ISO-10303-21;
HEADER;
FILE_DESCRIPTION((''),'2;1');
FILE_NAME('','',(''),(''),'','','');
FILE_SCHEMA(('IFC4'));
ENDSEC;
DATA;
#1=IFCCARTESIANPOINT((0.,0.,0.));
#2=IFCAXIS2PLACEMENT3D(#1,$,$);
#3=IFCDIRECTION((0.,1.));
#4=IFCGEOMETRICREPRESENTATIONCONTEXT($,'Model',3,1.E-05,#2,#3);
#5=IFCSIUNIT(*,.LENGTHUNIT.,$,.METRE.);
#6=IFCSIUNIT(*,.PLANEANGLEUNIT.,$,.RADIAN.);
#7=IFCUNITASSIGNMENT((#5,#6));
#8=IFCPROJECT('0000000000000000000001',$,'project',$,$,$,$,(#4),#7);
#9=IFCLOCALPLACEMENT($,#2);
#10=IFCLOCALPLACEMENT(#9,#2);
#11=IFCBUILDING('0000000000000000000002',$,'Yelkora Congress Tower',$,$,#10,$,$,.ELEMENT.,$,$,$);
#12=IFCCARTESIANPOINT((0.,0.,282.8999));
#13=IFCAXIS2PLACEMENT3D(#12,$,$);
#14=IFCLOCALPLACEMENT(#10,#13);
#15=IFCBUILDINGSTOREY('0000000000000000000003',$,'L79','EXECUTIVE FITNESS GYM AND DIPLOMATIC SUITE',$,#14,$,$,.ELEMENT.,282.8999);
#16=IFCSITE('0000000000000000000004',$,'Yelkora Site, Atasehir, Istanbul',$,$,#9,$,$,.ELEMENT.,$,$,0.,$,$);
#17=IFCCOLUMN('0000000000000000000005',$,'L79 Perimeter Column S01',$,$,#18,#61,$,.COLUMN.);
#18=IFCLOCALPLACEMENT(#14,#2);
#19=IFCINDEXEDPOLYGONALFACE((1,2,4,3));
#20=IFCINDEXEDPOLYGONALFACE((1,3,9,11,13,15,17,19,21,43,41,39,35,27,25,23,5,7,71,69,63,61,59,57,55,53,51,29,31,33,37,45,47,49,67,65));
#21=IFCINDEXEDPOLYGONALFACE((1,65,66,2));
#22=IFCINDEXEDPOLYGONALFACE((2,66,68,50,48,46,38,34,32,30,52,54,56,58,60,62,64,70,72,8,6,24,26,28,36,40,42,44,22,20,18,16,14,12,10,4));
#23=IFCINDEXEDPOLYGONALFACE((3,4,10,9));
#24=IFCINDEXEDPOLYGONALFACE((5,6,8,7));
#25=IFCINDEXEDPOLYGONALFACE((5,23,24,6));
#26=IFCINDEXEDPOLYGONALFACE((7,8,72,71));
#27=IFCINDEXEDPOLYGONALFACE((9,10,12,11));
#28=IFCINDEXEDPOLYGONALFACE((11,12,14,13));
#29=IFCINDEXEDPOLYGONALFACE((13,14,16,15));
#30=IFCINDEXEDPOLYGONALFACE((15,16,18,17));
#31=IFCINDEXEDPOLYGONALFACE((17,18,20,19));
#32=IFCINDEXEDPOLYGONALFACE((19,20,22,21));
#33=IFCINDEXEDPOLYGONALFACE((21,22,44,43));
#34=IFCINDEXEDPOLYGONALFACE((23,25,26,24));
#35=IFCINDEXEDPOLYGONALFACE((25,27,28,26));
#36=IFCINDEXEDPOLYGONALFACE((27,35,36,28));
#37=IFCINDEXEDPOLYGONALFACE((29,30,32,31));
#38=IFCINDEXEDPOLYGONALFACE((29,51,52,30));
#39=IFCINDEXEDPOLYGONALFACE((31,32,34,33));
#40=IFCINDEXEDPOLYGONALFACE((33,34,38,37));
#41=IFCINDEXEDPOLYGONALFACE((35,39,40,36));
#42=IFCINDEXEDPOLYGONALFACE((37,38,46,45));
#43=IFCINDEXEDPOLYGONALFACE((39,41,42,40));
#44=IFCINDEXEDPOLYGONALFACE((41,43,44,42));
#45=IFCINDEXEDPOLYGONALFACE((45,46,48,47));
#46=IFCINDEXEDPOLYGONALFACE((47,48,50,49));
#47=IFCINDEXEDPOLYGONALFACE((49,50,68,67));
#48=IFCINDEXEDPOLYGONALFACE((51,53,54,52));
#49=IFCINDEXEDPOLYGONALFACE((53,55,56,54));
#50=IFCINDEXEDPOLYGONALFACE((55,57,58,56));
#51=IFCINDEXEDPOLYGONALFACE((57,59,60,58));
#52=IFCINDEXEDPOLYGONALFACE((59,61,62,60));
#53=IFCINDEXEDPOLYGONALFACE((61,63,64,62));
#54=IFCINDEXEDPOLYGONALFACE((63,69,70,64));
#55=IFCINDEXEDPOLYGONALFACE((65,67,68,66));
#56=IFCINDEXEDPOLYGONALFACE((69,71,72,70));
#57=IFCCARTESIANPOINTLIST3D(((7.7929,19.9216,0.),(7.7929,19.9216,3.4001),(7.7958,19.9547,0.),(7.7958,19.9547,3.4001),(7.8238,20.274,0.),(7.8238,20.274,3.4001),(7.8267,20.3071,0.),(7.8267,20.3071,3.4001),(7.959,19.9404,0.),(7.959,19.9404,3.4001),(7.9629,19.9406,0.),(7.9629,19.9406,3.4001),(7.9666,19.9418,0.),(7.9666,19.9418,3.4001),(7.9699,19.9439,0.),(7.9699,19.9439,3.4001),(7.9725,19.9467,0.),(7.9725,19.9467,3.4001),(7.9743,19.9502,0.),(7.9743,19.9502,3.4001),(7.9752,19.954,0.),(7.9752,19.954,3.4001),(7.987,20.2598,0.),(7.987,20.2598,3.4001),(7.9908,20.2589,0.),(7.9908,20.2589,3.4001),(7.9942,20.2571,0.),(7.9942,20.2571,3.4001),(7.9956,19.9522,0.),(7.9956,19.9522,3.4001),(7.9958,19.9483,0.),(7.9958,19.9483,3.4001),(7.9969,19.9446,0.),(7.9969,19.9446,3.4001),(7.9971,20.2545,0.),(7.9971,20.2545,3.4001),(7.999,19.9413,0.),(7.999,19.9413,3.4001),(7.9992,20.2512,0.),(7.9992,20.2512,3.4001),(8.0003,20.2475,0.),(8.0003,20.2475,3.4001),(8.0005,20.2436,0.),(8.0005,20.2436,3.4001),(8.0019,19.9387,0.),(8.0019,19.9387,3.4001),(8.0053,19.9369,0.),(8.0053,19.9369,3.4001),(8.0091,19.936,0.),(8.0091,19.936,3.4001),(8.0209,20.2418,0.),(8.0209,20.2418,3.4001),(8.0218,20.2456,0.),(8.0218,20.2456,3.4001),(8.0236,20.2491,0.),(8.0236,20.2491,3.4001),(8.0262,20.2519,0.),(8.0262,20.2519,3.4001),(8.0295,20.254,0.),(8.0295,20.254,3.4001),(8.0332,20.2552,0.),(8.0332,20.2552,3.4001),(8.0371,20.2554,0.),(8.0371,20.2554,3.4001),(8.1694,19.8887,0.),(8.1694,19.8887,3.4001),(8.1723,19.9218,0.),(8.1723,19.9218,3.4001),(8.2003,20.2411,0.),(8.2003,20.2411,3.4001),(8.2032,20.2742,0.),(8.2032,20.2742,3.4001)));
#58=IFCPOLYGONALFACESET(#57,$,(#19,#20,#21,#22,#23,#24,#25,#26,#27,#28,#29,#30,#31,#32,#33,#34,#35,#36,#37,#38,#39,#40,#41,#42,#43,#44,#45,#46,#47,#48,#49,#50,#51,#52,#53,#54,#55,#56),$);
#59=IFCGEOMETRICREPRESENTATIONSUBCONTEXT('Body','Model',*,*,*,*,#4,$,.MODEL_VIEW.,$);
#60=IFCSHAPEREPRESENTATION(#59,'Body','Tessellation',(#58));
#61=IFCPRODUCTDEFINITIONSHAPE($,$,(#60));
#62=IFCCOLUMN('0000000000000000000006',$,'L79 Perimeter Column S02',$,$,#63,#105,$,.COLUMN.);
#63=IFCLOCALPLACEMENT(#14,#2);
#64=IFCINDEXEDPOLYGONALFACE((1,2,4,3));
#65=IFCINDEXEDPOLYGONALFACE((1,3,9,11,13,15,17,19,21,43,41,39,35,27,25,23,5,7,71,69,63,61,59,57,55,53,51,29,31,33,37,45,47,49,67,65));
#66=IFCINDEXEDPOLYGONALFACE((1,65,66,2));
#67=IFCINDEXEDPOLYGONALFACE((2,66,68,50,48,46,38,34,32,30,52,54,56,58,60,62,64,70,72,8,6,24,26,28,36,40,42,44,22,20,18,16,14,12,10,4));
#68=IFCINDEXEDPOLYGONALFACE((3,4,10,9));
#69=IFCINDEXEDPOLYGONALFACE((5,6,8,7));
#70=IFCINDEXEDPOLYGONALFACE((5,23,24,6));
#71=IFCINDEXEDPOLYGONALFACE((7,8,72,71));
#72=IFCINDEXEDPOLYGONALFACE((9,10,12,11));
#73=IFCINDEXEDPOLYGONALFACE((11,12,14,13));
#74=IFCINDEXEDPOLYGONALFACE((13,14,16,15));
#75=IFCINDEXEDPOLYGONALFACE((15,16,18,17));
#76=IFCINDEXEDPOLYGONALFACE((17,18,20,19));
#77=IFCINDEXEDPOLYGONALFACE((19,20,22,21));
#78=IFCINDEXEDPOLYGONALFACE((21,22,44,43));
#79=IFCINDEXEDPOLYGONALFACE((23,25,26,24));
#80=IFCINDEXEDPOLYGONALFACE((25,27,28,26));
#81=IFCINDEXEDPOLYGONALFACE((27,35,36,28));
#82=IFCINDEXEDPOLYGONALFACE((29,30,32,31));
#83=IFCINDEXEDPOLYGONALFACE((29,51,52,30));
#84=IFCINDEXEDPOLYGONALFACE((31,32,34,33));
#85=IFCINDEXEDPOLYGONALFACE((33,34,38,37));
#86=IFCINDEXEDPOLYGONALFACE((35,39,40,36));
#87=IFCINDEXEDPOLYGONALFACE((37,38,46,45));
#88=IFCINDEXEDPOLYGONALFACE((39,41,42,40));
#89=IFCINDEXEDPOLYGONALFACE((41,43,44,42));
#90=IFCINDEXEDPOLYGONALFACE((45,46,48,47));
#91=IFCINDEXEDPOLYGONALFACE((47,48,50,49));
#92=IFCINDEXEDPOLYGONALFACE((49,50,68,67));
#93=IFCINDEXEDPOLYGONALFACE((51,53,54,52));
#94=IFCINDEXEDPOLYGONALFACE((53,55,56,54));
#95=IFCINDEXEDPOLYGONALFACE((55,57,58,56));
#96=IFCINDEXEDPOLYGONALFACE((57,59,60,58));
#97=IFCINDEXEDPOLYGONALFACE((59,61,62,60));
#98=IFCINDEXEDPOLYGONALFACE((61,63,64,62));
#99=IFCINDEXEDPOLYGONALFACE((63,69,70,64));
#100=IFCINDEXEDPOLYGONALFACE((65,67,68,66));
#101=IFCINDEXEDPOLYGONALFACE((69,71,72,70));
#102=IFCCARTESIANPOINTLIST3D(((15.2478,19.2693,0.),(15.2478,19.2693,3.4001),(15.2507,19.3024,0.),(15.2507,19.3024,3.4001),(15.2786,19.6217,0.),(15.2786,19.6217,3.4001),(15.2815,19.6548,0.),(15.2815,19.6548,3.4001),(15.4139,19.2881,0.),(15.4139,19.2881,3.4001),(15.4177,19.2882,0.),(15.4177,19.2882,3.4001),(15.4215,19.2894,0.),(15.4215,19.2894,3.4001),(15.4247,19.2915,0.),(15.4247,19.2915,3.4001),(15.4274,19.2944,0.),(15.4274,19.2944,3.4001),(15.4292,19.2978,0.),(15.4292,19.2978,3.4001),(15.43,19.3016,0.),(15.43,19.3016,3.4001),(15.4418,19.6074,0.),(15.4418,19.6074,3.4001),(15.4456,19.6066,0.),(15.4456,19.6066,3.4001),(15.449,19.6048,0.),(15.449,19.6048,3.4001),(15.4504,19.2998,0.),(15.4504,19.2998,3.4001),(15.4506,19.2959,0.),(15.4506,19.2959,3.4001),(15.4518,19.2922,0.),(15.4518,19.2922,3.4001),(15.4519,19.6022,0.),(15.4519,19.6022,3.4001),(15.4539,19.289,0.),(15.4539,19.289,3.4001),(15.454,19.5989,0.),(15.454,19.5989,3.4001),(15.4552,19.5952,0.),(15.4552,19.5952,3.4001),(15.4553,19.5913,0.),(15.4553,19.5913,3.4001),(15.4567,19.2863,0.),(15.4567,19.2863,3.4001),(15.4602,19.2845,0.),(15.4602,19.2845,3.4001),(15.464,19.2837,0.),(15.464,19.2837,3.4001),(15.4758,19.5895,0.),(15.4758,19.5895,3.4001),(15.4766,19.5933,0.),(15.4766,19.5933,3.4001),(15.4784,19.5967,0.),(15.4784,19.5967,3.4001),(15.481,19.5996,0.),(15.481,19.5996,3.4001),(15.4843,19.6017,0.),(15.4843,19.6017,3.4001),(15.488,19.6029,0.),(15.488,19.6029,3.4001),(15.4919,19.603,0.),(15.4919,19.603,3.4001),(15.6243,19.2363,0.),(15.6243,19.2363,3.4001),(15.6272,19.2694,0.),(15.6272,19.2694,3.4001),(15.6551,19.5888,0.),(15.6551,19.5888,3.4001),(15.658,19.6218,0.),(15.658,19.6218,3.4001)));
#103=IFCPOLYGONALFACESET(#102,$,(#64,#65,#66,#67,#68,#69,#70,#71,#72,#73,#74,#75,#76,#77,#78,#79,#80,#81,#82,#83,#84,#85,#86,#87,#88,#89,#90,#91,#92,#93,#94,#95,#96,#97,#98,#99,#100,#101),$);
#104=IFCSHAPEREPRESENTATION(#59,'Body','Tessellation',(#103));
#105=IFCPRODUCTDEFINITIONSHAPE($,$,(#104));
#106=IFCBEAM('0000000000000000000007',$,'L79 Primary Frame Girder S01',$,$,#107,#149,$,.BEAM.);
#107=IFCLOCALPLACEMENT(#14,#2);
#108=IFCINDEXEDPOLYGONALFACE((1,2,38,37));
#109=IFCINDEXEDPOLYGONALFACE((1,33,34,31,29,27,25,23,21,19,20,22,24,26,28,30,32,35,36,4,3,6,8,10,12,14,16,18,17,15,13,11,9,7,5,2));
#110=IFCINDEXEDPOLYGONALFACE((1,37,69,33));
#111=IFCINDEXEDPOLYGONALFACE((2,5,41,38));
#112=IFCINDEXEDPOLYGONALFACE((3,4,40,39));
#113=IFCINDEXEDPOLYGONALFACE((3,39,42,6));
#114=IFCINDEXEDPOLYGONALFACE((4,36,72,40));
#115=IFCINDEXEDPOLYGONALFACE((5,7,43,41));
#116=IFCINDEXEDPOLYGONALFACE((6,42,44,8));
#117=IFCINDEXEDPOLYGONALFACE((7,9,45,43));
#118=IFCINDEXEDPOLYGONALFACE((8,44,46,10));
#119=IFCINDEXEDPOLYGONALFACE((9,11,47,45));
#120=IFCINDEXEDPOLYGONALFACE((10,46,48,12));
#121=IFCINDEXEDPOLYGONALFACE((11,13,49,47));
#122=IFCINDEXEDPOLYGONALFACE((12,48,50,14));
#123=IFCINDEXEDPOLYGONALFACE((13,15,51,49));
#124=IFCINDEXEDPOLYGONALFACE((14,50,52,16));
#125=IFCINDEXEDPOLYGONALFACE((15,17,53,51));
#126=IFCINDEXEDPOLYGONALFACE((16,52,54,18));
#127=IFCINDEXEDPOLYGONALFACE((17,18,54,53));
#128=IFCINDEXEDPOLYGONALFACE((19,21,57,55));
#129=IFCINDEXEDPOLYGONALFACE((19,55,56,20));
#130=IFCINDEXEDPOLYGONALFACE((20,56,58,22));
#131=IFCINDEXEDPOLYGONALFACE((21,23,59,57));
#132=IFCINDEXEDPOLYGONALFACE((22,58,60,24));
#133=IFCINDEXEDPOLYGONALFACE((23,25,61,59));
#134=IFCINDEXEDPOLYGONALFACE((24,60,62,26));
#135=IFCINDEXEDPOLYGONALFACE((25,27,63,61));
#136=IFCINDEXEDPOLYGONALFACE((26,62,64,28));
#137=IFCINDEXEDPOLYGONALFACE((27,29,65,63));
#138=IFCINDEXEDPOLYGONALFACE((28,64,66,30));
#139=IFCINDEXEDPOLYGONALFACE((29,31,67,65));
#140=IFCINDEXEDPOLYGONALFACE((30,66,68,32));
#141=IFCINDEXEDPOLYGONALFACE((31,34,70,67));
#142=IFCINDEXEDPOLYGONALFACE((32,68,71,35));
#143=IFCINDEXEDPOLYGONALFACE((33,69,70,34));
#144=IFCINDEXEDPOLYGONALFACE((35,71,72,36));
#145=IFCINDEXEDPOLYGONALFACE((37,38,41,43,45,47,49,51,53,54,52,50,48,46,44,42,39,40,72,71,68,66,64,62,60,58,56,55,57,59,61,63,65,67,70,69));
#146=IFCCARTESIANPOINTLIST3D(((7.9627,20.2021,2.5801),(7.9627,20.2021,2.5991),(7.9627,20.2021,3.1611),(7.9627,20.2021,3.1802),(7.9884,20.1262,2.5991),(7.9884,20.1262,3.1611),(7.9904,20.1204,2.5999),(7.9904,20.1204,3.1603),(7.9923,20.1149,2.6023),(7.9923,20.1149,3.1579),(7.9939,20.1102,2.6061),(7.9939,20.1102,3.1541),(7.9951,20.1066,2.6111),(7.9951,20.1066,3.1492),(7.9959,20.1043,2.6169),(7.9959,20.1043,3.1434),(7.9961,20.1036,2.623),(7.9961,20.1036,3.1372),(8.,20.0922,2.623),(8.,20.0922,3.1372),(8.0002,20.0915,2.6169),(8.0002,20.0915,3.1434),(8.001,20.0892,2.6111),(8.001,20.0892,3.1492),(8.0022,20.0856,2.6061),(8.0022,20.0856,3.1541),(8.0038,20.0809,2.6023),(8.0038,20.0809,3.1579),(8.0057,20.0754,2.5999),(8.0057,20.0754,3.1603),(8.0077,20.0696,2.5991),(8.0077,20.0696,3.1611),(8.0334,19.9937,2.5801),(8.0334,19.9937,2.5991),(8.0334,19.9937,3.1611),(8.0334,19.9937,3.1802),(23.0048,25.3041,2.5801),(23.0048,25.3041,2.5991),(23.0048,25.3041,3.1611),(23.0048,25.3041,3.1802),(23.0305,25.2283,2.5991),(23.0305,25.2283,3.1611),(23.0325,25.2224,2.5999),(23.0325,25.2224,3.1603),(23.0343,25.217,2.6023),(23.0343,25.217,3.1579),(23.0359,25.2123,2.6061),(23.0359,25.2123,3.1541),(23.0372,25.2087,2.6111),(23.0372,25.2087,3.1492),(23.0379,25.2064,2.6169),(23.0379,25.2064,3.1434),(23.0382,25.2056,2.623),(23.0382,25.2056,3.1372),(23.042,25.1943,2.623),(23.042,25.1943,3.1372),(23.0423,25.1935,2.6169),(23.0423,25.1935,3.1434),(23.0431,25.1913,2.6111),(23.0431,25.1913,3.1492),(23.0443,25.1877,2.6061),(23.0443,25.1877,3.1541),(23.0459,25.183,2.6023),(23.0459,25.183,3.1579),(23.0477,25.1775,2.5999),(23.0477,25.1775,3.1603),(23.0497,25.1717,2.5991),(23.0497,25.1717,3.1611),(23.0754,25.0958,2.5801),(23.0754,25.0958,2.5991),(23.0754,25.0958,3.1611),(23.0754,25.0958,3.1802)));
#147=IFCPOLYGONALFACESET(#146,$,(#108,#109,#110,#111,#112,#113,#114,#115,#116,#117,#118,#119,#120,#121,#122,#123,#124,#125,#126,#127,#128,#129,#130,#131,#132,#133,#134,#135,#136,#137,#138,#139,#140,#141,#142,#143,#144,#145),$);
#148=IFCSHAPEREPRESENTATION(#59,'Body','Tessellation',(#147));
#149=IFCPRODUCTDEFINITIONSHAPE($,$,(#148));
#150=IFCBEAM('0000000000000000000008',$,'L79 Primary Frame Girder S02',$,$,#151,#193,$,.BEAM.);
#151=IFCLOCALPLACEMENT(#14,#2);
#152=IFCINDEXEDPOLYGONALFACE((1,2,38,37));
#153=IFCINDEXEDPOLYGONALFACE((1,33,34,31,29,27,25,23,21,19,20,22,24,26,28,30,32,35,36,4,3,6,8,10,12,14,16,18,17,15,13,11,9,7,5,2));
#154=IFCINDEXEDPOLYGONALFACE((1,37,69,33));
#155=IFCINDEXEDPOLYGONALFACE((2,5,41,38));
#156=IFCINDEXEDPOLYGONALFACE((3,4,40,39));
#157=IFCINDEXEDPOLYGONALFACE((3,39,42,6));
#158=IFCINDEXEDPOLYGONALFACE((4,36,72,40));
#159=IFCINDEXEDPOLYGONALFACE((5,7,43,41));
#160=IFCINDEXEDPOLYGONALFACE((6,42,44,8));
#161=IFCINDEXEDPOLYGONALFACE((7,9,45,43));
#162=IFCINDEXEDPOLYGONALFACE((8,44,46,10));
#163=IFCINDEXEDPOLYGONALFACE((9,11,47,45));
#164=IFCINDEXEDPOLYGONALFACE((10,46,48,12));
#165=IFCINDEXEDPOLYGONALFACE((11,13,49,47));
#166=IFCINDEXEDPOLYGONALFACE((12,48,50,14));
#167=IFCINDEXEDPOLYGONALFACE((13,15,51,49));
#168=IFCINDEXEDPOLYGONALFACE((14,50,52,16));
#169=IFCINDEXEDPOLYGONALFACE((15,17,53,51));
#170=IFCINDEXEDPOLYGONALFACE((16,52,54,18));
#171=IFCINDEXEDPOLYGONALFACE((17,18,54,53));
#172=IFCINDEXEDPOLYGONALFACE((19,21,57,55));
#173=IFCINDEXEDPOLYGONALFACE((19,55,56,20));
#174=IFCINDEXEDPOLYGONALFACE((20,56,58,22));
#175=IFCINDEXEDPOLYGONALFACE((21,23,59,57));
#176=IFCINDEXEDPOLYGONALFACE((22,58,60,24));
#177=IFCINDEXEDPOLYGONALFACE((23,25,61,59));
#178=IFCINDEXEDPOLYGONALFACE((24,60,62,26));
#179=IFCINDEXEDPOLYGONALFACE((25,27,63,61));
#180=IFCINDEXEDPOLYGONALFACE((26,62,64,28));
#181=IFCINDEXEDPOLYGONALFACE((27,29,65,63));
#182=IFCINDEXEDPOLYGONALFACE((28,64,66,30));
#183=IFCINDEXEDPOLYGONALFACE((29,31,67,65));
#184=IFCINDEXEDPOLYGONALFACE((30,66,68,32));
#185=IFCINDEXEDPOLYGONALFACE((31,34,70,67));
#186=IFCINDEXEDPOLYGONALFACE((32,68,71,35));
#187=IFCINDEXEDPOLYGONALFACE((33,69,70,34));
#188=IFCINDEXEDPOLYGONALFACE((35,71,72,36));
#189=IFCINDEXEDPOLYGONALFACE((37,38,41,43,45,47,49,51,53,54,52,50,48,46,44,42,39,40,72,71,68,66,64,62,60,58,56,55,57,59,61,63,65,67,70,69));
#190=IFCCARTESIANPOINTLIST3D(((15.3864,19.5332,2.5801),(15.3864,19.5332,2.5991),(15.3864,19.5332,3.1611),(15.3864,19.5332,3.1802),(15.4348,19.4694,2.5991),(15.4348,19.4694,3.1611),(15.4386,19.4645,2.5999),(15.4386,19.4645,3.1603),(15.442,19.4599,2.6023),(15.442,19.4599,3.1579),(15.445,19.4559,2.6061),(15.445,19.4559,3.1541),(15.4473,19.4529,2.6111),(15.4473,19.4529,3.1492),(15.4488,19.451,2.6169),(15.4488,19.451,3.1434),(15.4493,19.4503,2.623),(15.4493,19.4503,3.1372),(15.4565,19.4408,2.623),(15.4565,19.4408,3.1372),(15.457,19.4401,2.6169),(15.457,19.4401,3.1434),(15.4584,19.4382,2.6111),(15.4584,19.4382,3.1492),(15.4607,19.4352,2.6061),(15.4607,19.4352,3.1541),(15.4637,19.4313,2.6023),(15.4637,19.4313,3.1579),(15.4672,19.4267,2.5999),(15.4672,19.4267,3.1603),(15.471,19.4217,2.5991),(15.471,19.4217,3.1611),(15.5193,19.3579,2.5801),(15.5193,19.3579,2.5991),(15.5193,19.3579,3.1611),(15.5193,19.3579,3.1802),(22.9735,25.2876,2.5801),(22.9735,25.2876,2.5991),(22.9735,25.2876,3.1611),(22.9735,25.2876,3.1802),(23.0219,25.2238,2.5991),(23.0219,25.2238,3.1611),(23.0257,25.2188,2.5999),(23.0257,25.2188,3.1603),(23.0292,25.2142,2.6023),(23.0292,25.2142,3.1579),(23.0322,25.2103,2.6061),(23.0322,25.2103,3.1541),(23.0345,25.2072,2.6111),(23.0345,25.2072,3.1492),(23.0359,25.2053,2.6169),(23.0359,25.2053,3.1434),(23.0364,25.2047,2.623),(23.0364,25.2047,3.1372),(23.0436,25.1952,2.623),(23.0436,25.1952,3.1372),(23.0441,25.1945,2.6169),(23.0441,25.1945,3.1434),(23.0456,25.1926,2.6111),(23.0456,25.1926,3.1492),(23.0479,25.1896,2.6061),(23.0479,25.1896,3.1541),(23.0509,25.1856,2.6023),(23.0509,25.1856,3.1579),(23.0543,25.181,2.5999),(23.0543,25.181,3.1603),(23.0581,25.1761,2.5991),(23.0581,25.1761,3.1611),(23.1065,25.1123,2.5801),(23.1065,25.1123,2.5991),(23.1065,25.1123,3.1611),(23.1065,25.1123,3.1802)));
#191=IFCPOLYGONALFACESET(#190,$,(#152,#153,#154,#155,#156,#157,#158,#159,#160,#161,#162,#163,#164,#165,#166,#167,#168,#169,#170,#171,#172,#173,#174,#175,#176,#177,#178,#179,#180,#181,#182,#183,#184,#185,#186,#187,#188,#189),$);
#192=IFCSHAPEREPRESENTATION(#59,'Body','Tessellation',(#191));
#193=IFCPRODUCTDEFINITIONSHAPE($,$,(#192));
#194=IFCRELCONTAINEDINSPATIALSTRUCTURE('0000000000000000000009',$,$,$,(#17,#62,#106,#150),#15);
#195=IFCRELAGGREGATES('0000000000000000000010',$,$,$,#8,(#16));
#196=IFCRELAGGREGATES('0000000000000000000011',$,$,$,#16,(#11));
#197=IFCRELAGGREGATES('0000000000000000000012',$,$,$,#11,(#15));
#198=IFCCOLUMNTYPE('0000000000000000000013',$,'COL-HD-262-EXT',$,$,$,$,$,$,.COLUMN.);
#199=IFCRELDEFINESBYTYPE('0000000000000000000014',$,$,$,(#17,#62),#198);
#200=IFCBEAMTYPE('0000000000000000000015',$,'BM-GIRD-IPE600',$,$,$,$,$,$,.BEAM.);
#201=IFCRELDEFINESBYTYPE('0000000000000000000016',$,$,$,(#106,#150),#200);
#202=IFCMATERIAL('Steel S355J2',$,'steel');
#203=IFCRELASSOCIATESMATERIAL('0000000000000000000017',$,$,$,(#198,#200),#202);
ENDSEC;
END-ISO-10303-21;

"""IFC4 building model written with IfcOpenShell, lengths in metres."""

from ifc_helpers import new_model, si_unit, direction, frame, origin, origin_2d, place, context, subcontext, project, spatial, i_section, extrude, material, material_profile, profile_set, type_object, element, save


model = new_model("IFC4")

# Units and contexts
model_context = context("Model", 3, precision=1e-05, world=origin(), true_north=direction((0.0, 1.0)))
body_context = subcontext(model_context, "Body", "Model", "MODEL_VIEW")
ifc_project = project(units=[si_unit("LENGTHUNIT", "METRE"), si_unit("PLANEANGLEUNIT", "RADIAN")], contexts=[model_context])

# Site, building, storey
site_placement = place(None, origin())
site = spatial("IfcSite", under=ifc_project, at=site_placement, Name="Yelkora Site, Atasehir, Istanbul", CompositionType="ELEMENT", RefElevation=0.0)
building_placement = place(site_placement, origin())
building = spatial("IfcBuilding", under=site, at=building_placement, Name="Yelkora Congress Tower", CompositionType="ELEMENT")
storey_placement = place(building_placement, frame((0.0, 0.0, 282.8999)))
storey = spatial("IfcBuildingStorey", under=building, at=storey_placement, Name="L79", Description="EXECUTIVE FITNESS GYM AND DIPLOMATIC SUITE", CompositionType="ELEMENT", Elevation=282.8999)

# Columns
ifc_material_1 = material(Name="Steel S355J2", Category="steel")
ifc_material_profile_1 = material_profile(ifc_material_1, i_section(OverallWidth=0.3779, OverallDepth=0.387, WebThickness=0.0205, FlangeThickness=0.0332, FilletRadius=0.0149, at=origin_2d()), Name="HD 360x262")
ifc_profile_set_1 = profile_set([ifc_material_profile_1], Name="Steel S355J2")
column_type = type_object("IfcColumnType", Name="COL-HD-262-EXT", PredefinedType="COLUMN", material=ifc_profile_set_1)
for number, where, z_axis, x_axis, name in (
    (1, (7.998, 20.0979, 0.0), (0.0, 0.0, 1.0), (0.996195, -0.087156, 0.0), "L79 Perimeter Column S01"),
    (2, (15.4529, 19.4456, 0.0), (0.0, 0.0, 1.0), (0.996195, -0.087156, 0.0), "L79 Perimeter Column S02"),
):
    element("IfcColumn", number, at=place(storey_placement, frame(where, z_axis=z_axis, x_axis=x_axis)), inside=storey, type_object=column_type, Name=name, PredefinedType="COLUMN", context=body_context, shape_type="SweptSolid", body=[
        extrude(i_section(OverallWidth=0.3779, OverallDepth=0.387, WebThickness=0.0205, FlangeThickness=0.0332, FilletRadius=0.0149, at=origin_2d()), origin(), (0.0, 0.0, 1.0), 3.4001),
    ])

# Beams
ifc_material_profile_2 = material_profile(ifc_material_1, i_section(OverallWidth=0.22, OverallDepth=0.6001, WebThickness=0.012, FlangeThickness=0.019, FilletRadius=0.0239, at=origin_2d()), Name="IPE 600")
ifc_profile_set_2 = profile_set([ifc_material_profile_2], Name="Steel S355J2")
beam_type_1 = type_object("IfcBeamType", Name="BM-GIRD-IPE600", PredefinedType="BEAM", material=ifc_profile_set_2)
beam_1_placement = place(storey_placement, frame((7.998, 20.0979, 2.8801), z_axis=(0.947007, 0.321213, 0.0), x_axis=(-0.321213, 0.947007, 0.0)))
element("IfcBeam", 3, at=beam_1_placement, inside=storey, type_object=beam_type_1, Name="L79 Primary Frame Girder S01", PredefinedType="BEAM", context=body_context, shape_type="SweptSolid", body=[
    extrude(i_section(OverallWidth=0.22, OverallDepth=0.6001, WebThickness=0.012, FlangeThickness=0.019, FilletRadius=0.0239, at=origin_2d()), origin(), (0.0, 0.0, 1.0), 15.8838),
])
beam_2_placement = place(storey_placement, frame((15.4529, 19.4456, 2.8801), z_axis=(0.796761, 0.604294, 0.0), x_axis=(-0.604294, 0.796761, 0.0)))
element("IfcBeam", 4, at=beam_2_placement, inside=storey, type_object=beam_type_1, Name="L79 Primary Frame Girder S02", PredefinedType="BEAM", context=body_context, shape_type="SweptSolid", body=[
    extrude(i_section(OverallWidth=0.22, OverallDepth=0.6001, WebThickness=0.012, FlangeThickness=0.019, FilletRadius=0.0239, at=origin_2d()), origin(), (0.0, 0.0, 1.0), 9.5225),
])

save(model, "model.ifc")
